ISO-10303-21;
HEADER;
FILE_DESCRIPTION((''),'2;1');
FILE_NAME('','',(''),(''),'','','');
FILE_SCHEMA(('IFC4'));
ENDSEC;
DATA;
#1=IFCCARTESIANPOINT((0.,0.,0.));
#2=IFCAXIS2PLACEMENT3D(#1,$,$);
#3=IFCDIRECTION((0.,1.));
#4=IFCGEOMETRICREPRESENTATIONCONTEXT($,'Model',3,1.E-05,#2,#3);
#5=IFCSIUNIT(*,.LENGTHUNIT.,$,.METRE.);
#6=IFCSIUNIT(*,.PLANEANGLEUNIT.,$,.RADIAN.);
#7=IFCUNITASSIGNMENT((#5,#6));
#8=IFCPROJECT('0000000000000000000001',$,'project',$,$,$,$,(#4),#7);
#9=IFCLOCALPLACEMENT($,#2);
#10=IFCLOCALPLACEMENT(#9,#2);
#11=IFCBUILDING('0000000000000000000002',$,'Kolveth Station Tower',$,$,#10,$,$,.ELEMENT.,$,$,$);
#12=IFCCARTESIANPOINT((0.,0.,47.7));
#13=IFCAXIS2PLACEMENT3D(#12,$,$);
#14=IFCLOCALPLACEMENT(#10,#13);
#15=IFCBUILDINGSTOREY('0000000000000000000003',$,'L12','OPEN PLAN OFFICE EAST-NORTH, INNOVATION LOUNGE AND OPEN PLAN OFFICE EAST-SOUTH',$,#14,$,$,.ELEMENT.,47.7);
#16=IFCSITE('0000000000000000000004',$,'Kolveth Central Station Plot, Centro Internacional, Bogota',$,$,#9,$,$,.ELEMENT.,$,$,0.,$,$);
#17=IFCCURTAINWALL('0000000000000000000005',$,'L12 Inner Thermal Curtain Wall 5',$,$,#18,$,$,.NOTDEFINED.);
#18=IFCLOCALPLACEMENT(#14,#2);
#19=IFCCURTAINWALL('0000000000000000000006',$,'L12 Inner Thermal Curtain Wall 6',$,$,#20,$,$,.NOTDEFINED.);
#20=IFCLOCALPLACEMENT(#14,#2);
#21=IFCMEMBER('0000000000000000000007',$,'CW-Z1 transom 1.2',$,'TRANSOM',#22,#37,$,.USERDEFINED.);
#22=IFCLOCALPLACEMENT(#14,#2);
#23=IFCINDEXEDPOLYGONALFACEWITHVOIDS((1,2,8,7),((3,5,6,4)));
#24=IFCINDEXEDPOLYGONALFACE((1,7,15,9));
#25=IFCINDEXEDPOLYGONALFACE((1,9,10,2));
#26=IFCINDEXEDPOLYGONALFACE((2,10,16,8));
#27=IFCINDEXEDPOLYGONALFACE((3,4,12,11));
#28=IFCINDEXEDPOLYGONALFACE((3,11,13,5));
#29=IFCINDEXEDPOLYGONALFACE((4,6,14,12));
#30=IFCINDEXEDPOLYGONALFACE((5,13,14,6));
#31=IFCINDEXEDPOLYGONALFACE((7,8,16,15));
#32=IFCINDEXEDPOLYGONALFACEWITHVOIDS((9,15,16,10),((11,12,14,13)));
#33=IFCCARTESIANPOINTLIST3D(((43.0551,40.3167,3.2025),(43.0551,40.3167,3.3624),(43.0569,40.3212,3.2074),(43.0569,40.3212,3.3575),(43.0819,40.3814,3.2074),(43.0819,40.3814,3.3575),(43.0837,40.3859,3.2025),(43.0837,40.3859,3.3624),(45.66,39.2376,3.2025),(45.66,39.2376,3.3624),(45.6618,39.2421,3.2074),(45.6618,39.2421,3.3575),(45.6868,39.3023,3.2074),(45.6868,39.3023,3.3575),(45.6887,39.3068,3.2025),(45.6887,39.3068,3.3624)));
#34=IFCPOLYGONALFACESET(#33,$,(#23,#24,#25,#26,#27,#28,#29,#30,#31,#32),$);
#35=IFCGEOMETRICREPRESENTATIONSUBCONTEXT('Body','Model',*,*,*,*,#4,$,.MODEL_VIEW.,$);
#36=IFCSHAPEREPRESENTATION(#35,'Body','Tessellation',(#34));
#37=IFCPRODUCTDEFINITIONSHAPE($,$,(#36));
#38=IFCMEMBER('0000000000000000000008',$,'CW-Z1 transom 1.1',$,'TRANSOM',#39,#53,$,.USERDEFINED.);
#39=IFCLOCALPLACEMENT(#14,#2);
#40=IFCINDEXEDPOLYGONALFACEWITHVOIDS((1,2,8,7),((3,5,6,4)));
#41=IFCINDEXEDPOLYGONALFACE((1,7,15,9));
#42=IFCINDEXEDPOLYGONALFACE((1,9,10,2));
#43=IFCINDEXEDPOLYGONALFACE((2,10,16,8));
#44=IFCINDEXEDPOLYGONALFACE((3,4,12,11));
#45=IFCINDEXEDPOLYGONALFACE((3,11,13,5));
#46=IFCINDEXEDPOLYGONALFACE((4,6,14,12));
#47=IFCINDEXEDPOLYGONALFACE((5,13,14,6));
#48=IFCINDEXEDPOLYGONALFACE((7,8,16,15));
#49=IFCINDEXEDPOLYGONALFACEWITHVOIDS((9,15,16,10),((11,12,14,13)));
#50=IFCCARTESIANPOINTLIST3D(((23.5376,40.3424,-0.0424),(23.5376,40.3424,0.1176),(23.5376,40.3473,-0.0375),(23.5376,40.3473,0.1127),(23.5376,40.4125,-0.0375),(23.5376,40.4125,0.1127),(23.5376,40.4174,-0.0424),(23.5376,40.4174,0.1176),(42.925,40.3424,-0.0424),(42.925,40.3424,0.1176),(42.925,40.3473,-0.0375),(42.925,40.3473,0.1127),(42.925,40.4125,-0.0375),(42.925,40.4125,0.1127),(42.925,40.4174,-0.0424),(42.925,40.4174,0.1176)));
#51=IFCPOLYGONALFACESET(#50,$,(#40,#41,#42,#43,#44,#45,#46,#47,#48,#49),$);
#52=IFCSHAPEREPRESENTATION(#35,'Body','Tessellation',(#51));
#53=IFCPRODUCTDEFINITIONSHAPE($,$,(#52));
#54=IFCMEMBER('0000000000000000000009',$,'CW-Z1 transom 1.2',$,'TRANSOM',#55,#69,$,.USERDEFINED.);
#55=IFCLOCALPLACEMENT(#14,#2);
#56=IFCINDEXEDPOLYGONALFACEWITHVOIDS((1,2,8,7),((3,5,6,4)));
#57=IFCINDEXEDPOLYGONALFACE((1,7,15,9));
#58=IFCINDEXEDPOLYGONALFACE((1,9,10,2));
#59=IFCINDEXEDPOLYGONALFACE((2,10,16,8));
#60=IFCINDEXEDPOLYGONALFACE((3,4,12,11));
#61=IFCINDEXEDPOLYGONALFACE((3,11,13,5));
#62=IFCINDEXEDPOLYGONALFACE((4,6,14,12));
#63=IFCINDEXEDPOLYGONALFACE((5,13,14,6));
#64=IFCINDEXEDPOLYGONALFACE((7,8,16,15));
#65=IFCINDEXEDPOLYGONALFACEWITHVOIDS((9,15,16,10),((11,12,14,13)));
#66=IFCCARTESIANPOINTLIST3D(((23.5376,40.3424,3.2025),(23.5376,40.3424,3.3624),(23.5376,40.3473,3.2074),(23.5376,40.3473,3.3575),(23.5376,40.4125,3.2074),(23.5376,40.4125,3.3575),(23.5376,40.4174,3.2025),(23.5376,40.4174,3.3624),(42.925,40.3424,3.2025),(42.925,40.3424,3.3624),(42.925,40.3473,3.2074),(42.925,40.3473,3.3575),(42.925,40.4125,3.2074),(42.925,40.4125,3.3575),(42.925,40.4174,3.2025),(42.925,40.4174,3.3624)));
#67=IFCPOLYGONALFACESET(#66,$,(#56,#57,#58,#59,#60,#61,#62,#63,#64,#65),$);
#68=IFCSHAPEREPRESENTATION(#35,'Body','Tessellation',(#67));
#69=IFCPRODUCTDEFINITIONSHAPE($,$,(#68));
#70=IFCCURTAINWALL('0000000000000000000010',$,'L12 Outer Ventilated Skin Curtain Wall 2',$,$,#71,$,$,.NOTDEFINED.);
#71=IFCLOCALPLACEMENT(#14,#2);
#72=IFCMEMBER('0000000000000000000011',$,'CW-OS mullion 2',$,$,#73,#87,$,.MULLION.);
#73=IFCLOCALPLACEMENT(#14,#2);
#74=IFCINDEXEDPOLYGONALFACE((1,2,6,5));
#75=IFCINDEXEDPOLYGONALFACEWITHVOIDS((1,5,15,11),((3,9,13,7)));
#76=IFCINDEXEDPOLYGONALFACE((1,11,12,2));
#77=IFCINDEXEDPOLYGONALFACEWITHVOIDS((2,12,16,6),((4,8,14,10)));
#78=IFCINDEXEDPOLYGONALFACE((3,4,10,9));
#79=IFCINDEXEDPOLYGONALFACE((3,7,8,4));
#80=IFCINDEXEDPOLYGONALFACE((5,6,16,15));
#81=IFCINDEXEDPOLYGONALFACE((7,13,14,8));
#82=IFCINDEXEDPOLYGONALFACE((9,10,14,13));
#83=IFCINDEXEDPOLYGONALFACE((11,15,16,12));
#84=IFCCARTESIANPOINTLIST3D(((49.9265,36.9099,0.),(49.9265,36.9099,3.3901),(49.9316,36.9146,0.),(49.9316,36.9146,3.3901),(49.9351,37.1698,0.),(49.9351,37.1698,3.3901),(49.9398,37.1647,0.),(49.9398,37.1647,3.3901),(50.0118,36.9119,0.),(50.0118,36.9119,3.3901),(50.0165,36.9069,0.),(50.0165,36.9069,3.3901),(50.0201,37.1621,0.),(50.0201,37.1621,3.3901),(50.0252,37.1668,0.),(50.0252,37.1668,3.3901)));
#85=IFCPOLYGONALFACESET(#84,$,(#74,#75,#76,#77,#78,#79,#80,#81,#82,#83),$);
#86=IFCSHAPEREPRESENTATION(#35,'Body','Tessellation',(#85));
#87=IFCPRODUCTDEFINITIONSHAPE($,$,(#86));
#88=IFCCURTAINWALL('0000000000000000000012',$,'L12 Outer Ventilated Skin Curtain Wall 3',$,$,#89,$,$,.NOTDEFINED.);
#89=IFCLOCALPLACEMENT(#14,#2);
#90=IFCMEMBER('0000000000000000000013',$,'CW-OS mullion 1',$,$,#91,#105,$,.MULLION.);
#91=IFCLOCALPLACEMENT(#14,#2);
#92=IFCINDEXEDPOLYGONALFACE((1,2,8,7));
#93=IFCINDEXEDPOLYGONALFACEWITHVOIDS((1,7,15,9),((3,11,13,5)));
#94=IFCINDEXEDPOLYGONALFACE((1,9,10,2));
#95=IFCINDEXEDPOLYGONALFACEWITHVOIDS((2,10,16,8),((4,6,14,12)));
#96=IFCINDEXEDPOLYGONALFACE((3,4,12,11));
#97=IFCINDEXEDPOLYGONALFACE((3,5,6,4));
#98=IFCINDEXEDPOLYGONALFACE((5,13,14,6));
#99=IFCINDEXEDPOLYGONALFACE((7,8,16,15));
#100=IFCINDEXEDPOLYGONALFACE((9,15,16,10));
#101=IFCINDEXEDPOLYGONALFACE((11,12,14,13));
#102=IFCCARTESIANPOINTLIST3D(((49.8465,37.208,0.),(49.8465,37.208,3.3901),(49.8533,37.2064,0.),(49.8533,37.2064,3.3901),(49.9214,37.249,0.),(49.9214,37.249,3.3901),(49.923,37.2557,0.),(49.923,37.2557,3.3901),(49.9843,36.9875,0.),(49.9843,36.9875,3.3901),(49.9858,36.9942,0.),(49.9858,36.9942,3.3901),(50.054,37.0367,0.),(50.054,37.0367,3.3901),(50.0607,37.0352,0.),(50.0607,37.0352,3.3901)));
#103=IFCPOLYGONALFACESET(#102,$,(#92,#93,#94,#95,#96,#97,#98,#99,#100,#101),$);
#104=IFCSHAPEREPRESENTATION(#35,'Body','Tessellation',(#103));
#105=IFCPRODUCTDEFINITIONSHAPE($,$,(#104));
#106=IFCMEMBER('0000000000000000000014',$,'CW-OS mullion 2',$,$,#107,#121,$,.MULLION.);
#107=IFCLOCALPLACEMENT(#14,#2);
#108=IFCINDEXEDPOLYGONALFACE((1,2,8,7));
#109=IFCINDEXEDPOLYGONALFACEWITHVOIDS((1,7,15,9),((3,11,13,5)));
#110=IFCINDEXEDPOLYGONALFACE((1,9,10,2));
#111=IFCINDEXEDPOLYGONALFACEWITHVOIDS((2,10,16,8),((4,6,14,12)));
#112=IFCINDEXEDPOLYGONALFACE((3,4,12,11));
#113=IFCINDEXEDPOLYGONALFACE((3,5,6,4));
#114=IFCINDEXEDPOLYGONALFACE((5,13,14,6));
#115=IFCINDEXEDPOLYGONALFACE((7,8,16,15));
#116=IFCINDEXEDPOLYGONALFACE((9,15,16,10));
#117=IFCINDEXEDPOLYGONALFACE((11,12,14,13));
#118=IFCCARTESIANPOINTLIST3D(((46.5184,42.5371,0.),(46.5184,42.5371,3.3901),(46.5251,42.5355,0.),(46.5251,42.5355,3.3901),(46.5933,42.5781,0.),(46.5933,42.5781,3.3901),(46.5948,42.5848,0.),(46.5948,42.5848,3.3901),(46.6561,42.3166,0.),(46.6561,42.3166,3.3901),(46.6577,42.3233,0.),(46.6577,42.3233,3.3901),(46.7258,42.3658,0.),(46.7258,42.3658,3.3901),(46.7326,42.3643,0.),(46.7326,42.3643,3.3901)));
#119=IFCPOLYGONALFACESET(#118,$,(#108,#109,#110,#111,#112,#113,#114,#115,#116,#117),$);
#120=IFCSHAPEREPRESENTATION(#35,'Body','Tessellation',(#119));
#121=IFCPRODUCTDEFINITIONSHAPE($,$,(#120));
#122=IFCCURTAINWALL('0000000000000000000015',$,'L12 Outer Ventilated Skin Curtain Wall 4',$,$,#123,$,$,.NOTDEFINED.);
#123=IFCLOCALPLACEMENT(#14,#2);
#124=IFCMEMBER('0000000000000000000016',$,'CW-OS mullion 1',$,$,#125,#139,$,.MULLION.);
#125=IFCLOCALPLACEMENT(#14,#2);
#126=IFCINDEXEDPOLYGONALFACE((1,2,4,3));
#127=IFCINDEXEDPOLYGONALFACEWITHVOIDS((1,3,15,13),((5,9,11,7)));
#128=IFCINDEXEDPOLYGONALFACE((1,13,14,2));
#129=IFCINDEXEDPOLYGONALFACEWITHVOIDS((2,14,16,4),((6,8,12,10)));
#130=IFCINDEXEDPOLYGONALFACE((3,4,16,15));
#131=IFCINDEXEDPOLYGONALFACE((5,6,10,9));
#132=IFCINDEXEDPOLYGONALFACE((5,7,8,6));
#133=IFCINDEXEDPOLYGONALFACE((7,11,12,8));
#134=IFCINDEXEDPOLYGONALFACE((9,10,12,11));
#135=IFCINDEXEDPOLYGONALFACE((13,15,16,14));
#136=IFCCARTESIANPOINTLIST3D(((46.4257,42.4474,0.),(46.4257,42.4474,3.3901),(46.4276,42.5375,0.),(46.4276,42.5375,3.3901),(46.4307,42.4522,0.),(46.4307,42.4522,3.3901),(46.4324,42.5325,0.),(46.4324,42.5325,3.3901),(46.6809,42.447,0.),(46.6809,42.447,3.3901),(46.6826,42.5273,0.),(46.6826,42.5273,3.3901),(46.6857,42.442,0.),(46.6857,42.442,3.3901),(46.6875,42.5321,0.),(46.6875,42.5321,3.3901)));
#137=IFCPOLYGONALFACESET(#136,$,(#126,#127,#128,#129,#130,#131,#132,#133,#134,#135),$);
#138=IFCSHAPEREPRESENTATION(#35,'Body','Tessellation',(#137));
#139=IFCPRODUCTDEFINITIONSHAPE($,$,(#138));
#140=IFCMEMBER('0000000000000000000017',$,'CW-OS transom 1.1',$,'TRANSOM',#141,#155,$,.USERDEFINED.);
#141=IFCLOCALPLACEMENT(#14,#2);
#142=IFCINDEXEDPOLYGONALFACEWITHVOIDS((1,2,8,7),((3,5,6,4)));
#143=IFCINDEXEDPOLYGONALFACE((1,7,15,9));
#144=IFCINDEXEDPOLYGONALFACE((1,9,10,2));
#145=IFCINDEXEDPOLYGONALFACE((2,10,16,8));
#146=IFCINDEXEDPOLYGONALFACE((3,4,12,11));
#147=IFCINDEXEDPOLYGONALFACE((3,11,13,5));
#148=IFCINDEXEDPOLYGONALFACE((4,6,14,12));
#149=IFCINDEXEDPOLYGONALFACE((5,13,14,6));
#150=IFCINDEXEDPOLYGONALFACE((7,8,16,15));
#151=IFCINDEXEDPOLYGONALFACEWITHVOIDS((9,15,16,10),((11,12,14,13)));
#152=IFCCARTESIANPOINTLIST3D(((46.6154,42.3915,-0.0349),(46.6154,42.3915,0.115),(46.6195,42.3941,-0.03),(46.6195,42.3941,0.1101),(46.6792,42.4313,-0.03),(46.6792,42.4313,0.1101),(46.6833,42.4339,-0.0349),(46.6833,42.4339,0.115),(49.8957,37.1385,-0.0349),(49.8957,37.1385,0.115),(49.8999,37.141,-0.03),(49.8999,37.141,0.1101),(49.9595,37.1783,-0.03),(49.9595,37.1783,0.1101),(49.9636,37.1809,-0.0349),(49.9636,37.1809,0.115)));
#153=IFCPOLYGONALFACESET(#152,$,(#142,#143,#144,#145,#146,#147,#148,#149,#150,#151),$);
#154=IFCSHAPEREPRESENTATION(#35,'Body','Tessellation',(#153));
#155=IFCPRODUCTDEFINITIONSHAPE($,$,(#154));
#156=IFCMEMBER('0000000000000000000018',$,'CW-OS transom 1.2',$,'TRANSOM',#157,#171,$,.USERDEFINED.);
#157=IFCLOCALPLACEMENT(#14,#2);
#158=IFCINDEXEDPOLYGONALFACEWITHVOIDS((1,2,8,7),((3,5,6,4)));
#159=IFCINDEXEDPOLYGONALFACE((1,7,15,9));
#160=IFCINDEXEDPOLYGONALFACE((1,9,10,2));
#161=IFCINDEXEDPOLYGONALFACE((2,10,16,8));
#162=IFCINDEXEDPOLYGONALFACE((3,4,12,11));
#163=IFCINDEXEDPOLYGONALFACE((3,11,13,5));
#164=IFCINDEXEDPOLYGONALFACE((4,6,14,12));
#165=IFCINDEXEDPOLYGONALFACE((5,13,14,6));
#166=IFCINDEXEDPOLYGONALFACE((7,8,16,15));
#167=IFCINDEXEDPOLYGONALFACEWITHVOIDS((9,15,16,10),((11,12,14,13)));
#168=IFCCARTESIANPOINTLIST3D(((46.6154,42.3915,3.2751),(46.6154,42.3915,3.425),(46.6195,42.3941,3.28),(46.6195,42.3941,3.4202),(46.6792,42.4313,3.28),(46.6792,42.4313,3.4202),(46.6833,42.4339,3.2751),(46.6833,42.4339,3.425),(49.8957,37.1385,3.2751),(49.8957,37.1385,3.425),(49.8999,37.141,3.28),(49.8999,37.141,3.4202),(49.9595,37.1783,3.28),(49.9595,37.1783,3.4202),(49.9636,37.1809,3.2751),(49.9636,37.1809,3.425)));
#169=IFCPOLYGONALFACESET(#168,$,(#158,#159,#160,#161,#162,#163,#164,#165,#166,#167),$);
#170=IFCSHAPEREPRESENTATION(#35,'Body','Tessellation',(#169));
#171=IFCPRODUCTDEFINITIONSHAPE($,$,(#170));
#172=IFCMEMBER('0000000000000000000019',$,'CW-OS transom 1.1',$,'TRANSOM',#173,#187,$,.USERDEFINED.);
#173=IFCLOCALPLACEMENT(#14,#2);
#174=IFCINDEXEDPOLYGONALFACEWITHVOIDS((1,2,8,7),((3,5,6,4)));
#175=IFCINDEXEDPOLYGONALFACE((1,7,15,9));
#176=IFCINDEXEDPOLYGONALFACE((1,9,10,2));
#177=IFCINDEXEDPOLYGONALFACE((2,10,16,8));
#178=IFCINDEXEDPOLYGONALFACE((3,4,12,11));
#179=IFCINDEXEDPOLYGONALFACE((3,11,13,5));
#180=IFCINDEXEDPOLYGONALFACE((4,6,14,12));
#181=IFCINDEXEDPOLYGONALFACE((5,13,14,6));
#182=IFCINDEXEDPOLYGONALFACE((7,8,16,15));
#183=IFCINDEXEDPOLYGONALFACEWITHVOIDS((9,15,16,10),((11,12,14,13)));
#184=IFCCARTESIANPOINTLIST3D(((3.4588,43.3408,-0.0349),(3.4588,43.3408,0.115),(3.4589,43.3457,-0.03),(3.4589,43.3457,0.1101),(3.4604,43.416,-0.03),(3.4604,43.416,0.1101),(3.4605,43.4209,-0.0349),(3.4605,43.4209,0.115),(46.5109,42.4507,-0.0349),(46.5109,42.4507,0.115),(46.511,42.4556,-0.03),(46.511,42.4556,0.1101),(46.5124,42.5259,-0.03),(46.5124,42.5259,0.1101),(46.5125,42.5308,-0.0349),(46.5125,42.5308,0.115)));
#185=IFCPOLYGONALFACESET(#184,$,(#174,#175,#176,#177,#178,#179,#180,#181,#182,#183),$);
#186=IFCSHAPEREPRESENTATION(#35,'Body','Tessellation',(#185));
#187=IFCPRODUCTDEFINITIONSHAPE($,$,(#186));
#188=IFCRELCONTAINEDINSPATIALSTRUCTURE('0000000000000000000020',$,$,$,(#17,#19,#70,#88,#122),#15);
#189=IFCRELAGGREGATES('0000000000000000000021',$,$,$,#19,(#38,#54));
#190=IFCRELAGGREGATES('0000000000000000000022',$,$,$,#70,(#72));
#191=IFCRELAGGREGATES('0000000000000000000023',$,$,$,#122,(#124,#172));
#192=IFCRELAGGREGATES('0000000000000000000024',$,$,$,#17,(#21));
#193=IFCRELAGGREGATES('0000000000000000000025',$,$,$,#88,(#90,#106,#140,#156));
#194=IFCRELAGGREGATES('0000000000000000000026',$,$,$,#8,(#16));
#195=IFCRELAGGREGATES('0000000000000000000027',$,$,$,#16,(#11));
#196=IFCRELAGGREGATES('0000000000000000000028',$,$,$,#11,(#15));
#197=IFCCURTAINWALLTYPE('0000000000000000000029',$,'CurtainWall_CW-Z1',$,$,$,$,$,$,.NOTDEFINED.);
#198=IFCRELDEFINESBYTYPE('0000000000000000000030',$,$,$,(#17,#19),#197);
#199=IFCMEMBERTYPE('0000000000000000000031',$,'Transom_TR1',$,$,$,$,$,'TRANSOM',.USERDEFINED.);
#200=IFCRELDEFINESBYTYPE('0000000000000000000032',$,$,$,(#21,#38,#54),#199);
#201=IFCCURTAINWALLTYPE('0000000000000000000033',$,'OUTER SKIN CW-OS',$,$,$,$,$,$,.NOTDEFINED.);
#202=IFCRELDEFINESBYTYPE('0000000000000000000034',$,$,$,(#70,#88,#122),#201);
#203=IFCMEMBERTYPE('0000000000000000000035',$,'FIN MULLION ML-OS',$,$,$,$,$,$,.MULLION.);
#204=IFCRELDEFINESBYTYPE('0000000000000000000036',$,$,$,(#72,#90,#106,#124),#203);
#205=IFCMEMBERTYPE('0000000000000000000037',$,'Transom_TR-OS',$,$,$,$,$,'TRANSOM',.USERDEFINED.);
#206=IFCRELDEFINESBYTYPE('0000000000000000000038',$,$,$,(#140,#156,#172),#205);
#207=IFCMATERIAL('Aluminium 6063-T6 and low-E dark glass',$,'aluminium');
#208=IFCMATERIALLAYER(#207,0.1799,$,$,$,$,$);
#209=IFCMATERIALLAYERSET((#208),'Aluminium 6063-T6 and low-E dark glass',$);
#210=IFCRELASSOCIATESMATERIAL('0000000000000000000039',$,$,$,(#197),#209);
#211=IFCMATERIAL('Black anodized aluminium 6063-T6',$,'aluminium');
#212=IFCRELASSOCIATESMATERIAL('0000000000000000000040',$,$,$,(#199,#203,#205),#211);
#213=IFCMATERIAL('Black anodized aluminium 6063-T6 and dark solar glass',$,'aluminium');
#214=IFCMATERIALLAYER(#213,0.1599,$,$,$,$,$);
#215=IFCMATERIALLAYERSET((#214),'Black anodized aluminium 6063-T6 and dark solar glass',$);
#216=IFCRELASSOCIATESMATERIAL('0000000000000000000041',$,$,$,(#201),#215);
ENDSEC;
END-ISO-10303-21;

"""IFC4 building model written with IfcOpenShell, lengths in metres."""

from ifc_helpers import new_model, si_unit, direction, frame, origin, origin_2d, place, context, subcontext, project, spatial, hollow_rectangle, extrude, source, transform, mapped, material, layer, layer_set, material_profile, profile_set, type_object, element, aggregate, save


model = new_model("IFC4")

# Units and contexts
model_context = context("Model", 3, precision=1e-05, world=origin(), true_north=direction((0.0, 1.0)))
body_context = subcontext(model_context, "Body", "Model", "MODEL_VIEW")
ifc_project = project(units=[si_unit("LENGTHUNIT", "METRE"), si_unit("PLANEANGLEUNIT", "RADIAN")], contexts=[model_context])

# Site, building, storey
site_placement = place(None, origin())
site = spatial("IfcSite", under=ifc_project, at=site_placement, Name="Kolveth Central Station Plot, Centro Internacional, Bogota", CompositionType="ELEMENT", RefElevation=0.0)
building_placement = place(site_placement, origin())
building = spatial("IfcBuilding", under=site, at=building_placement, Name="Kolveth Station Tower", CompositionType="ELEMENT")
storey_placement = place(building_placement, frame((0.0, 0.0, 47.7)))
storey = spatial("IfcBuildingStorey", under=building, at=storey_placement, Name="L12", Description="OPEN PLAN OFFICE EAST-NORTH, INNOVATION LOUNGE AND OPEN PLAN OFFICE EAST-SOUTH", CompositionType="ELEMENT", Elevation=47.7)

# Shared definitions
ifc_material_1 = material(Name="Aluminium 6063-T6 and low-E dark glass", Category="aluminium")
ifc_layer_1 = layer(ifc_material_1, 0.1799)
ifc_layer_set_1 = layer_set([ifc_layer_1], Name="Aluminium 6063-T6 and low-E dark glass")
curtain_wall_type_1 = type_object("IfcCurtainWallType", Name="CurtainWall_CW-Z1", PredefinedType="NOTDEFINED", material=ifc_layer_set_1)
ifc_material_2 = material(Name="Black anodized aluminium 6063-T6", Category="aluminium")

# Curtain wall
curtain_wall_1_placement = place(storey_placement, origin())
curtain_wall_1 = element("IfcCurtainWall", 1, at=curtain_wall_1_placement, inside=storey, type_object=curtain_wall_type_1, Name="L12 Inner Thermal Curtain Wall 5", PredefinedType="NOTDEFINED")

# Curtain wall
curtain_wall_2_placement = place(storey_placement, origin())
curtain_wall_2 = element("IfcCurtainWall", 2, at=curtain_wall_2_placement, inside=storey, type_object=curtain_wall_type_1, Name="L12 Inner Thermal Curtain Wall 6", PredefinedType="NOTDEFINED")

# Members
ifc_material_profile_1 = material_profile(ifc_material_2, hollow_rectangle(XDim=0.075, YDim=0.1599, WallThickness=0.0049, at=origin_2d()), Name="ALU-75x160x5")
ifc_profile_set_1 = profile_set([ifc_material_profile_1], Name="Black anodized aluminium 6063-T6")
member_type_1 = type_object("IfcMemberType", Name="Transom_TR1", ElementType="TRANSOM", PredefinedType="USERDEFINED", material=ifc_profile_set_1)
shared_shape_1 = source(origin(), body_context, "Body", "SweptSolid", [
    extrude(hollow_rectangle(XDim=0.075, YDim=0.1599, WallThickness=0.0049, at=origin_2d()), origin(), (0.0, 0.0, 1.0), 2.8196),
])
member_1_placement = place(storey_placement, frame((45.6743, 39.2722, 3.2825), z_axis=(-0.923869, 0.382709, 0.0), x_axis=(-0.382709, -0.923869, 0.0)))
member_1 = element("IfcMember", 3, at=member_1_placement, type_object=member_type_1, Name="CW-Z1 transom 1.2", ObjectType="TRANSOM", PredefinedType="USERDEFINED", context=body_context, shape_type="MappedRepresentation", body=[
    mapped(shared_shape_1, transform((0.0, 0.0, 0.0), x_axis=(1.0, 0.0, 0.0), y_axis=(0.0, 1.0, 0.0), z_axis=(0.0, 0.0, 1.0), scale=1.0)),
])
shared_shape_2 = source(origin(), body_context, "Body", "SweptSolid", [
    extrude(hollow_rectangle(XDim=0.075, YDim=0.1599, WallThickness=0.0049, at=origin_2d()), origin(), (0.0, 0.0, 1.0), 19.3875),
])
member_2_placement = place(storey_placement, frame((42.925, 40.3799, 0.0376), z_axis=(-1.0, 0.0, 0.0), x_axis=(0.0, -1.0, 0.0)))
member_2 = element("IfcMember", 4, at=member_2_placement, type_object=member_type_1, Name="CW-Z1 transom 1.1", ObjectType="TRANSOM", PredefinedType="USERDEFINED", context=body_context, shape_type="MappedRepresentation", body=[
    mapped(shared_shape_2, transform((0.0, 0.0, 0.0), x_axis=(1.0, 0.0, 0.0), y_axis=(0.0, 1.0, 0.0), z_axis=(0.0, 0.0, 1.0), scale=1.0)),
])
member_3_placement = place(storey_placement, frame((42.925, 40.3799, 3.2825), z_axis=(-1.0, 0.0, 0.0), x_axis=(0.0, -1.0, 0.0)))
member_3 = element("IfcMember", 5, at=member_3_placement, type_object=member_type_1, Name="CW-Z1 transom 1.2", ObjectType="TRANSOM", PredefinedType="USERDEFINED", context=body_context, shape_type="MappedRepresentation", body=[
    mapped(shared_shape_2, transform((0.0, 0.0, 0.0), x_axis=(1.0, 0.0, 0.0), y_axis=(0.0, 1.0, 0.0), z_axis=(0.0, 0.0, 1.0), scale=1.0)),
])
aggregate(curtain_wall_2, [member_2, member_3])

# Curtain wall, member
ifc_material_3 = material(Name="Black anodized aluminium 6063-T6 and dark solar glass", Category="aluminium")
ifc_layer_2 = layer(ifc_material_3, 0.1599)
ifc_layer_set_2 = layer_set([ifc_layer_2], Name="Black anodized aluminium 6063-T6 and dark solar glass")
curtain_wall_type_2 = type_object("IfcCurtainWallType", Name="OUTER SKIN CW-OS", PredefinedType="NOTDEFINED", material=ifc_layer_set_2)
curtain_wall_3_placement = place(storey_placement, origin())
curtain_wall_3 = element("IfcCurtainWall", 6, at=curtain_wall_3_placement, inside=storey, type_object=curtain_wall_type_2, Name="L12 Outer Ventilated Skin Curtain Wall 2", PredefinedType="NOTDEFINED")
ifc_material_profile_2 = material_profile(ifc_material_2, hollow_rectangle(XDim=0.0901, YDim=0.26, WallThickness=0.0049, at=origin_2d()), Name="ALU-90x260x5")
ifc_profile_set_2 = profile_set([ifc_material_profile_2], Name="Black anodized aluminium 6063-T6")
member_type_2 = type_object("IfcMemberType", Name="FIN MULLION ML-OS", PredefinedType="MULLION", material=ifc_profile_set_2)
shared_shape_3 = source(origin(), body_context, "Body", "SweptSolid", [
    extrude(hollow_rectangle(XDim=0.0901, YDim=0.26, WallThickness=0.0049, at=origin_2d()), origin(), (0.0, 0.0, 1.0), 3.3901),
])
member_4_placement = place(storey_placement, frame((49.9758, 37.0383, 0.0), z_axis=(0.0, 0.0, 1.0), x_axis=(-0.999452, 0.033088, 0.0)))
member_4 = element("IfcMember", 7, at=member_4_placement, type_object=member_type_2, Name="CW-OS mullion 2", PredefinedType="MULLION", context=body_context, shape_type="MappedRepresentation", body=[
    mapped(shared_shape_3, transform((0.0, 0.0, 0.0), x_axis=(1.0, 0.0, 0.0), y_axis=(0.0, 1.0, 0.0), z_axis=(0.0, 0.0, 1.0), scale=1.0)),
])
aggregate(curtain_wall_3, [member_4])

# Curtain wall, members
curtain_wall_4_placement = place(storey_placement, origin())
curtain_wall_4 = element("IfcCurtainWall", 8, at=curtain_wall_4_placement, inside=storey, type_object=curtain_wall_type_2, Name="L12 Outer Ventilated Skin Curtain Wall 3", PredefinedType="NOTDEFINED")
member_5_placement = place(storey_placement, frame((49.9536, 37.1216, 0.0), z_axis=(0.0, 0.0, 1.0), x_axis=(-0.848191, -0.52969, 0.0)))
member_5 = element("IfcMember", 9, at=member_5_placement, type_object=member_type_2, Name="CW-OS mullion 1", PredefinedType="MULLION", context=body_context, shape_type="MappedRepresentation", body=[
    mapped(shared_shape_3, transform((0.0, 0.0, 0.0), x_axis=(1.0, 0.0, 0.0), y_axis=(0.0, 1.0, 0.0), z_axis=(0.0, 0.0, 1.0), scale=1.0)),
])
member_6_placement = place(storey_placement, frame((46.6255, 42.4507, 0.0), z_axis=(0.0, 0.0, 1.0), x_axis=(-0.848191, -0.52969, 0.0)))
member_6 = element("IfcMember", 10, at=member_6_placement, type_object=member_type_2, Name="CW-OS mullion 2", PredefinedType="MULLION", context=body_context, shape_type="MappedRepresentation", body=[
    mapped(shared_shape_3, transform((0.0, 0.0, 0.0), x_axis=(1.0, 0.0, 0.0), y_axis=(0.0, 1.0, 0.0), z_axis=(0.0, 0.0, 1.0), scale=1.0)),
])

# Curtain wall, member
curtain_wall_5_placement = place(storey_placement, origin())
curtain_wall_5 = element("IfcCurtainWall", 11, at=curtain_wall_5_placement, inside=storey, type_object=curtain_wall_type_2, Name="L12 Outer Ventilated Skin Curtain Wall 4", PredefinedType="NOTDEFINED")
member_7_placement = place(storey_placement, frame((46.5566, 42.4897, 0.0), z_axis=(0.0, 0.0, 1.0), x_axis=(-0.020672, -0.999786, 0.0)))
member_7 = element("IfcMember", 12, at=member_7_placement, type_object=member_type_2, Name="CW-OS mullion 1", PredefinedType="MULLION", context=body_context, shape_type="MappedRepresentation", body=[
    mapped(shared_shape_3, transform((0.0, 0.0, 0.0), x_axis=(1.0, 0.0, 0.0), y_axis=(0.0, 1.0, 0.0), z_axis=(0.0, 0.0, 1.0), scale=1.0)),
])

# Members
ifc_material_profile_3 = material_profile(ifc_material_2, hollow_rectangle(XDim=0.0801, YDim=0.1499, WallThickness=0.0049, at=origin_2d()), Name="ALU-80x150x5")
ifc_profile_set_3 = profile_set([ifc_material_profile_3], Name="Black anodized aluminium 6063-T6")
member_type_3 = type_object("IfcMemberType", Name="Transom_TR-OS", ElementType="TRANSOM", PredefinedType="USERDEFINED", material=ifc_profile_set_3)
shared_shape_4 = source(origin(), body_context, "Body", "SweptSolid", [
    extrude(hollow_rectangle(XDim=0.0801, YDim=0.1499, WallThickness=0.0049, at=origin_2d()), origin(), (0.0, 0.0, 1.0), 6.1931),
])
member_8_placement = place(storey_placement, frame((49.9297, 37.1597, 0.04), z_axis=(-0.529673, 0.848202, 0.0), x_axis=(-0.848202, -0.529673, 0.0)))
member_8 = element("IfcMember", 13, at=member_8_placement, type_object=member_type_3, Name="CW-OS transom 1.1", ObjectType="TRANSOM", PredefinedType="USERDEFINED", context=body_context, shape_type="MappedRepresentation", body=[
    mapped(shared_shape_4, transform((0.0, 0.0, 0.0), x_axis=(1.0, 0.0, 0.0), y_axis=(0.0, 1.0, 0.0), z_axis=(0.0, 0.0, 1.0), scale=1.0)),
])
member_9_placement = place(storey_placement, frame((49.9297, 37.1597, 3.3501), z_axis=(-0.529673, 0.848202, 0.0), x_axis=(-0.848202, -0.529673, 0.0)))
member_9 = element("IfcMember", 14, at=member_9_placement, type_object=member_type_3, Name="CW-OS transom 1.2", ObjectType="TRANSOM", PredefinedType="USERDEFINED", context=body_context, shape_type="MappedRepresentation", body=[
    mapped(shared_shape_4, transform((0.0, 0.0, 0.0), x_axis=(1.0, 0.0, 0.0), y_axis=(0.0, 1.0, 0.0), z_axis=(0.0, 0.0, 1.0), scale=1.0)),
])
shared_shape_5 = source(origin(), body_context, "Body", "SweptSolid", [
    extrude(hollow_rectangle(XDim=0.0801, YDim=0.1499, WallThickness=0.0049, at=origin_2d()), origin(), (0.0, 0.0, 1.0), 43.0613),
])
member_10_placement = place(storey_placement, frame((46.5117, 42.4907, 0.04), z_axis=(-0.999786, 0.020671, 0.0), x_axis=(-0.020671, -0.999786, 0.0)))
member_10 = element("IfcMember", 15, at=member_10_placement, type_object=member_type_3, Name="CW-OS transom 1.1", ObjectType="TRANSOM", PredefinedType="USERDEFINED", context=body_context, shape_type="MappedRepresentation", body=[
    mapped(shared_shape_5, transform((0.0, 0.0, 0.0), x_axis=(1.0, 0.0, 0.0), y_axis=(0.0, 1.0, 0.0), z_axis=(0.0, 0.0, 1.0), scale=1.0)),
])
aggregate(curtain_wall_5, [member_7, member_10])

aggregate(curtain_wall_1, [member_1])
aggregate(curtain_wall_4, [member_5, member_6, member_8, member_9])

save(model, "model.ifc")
